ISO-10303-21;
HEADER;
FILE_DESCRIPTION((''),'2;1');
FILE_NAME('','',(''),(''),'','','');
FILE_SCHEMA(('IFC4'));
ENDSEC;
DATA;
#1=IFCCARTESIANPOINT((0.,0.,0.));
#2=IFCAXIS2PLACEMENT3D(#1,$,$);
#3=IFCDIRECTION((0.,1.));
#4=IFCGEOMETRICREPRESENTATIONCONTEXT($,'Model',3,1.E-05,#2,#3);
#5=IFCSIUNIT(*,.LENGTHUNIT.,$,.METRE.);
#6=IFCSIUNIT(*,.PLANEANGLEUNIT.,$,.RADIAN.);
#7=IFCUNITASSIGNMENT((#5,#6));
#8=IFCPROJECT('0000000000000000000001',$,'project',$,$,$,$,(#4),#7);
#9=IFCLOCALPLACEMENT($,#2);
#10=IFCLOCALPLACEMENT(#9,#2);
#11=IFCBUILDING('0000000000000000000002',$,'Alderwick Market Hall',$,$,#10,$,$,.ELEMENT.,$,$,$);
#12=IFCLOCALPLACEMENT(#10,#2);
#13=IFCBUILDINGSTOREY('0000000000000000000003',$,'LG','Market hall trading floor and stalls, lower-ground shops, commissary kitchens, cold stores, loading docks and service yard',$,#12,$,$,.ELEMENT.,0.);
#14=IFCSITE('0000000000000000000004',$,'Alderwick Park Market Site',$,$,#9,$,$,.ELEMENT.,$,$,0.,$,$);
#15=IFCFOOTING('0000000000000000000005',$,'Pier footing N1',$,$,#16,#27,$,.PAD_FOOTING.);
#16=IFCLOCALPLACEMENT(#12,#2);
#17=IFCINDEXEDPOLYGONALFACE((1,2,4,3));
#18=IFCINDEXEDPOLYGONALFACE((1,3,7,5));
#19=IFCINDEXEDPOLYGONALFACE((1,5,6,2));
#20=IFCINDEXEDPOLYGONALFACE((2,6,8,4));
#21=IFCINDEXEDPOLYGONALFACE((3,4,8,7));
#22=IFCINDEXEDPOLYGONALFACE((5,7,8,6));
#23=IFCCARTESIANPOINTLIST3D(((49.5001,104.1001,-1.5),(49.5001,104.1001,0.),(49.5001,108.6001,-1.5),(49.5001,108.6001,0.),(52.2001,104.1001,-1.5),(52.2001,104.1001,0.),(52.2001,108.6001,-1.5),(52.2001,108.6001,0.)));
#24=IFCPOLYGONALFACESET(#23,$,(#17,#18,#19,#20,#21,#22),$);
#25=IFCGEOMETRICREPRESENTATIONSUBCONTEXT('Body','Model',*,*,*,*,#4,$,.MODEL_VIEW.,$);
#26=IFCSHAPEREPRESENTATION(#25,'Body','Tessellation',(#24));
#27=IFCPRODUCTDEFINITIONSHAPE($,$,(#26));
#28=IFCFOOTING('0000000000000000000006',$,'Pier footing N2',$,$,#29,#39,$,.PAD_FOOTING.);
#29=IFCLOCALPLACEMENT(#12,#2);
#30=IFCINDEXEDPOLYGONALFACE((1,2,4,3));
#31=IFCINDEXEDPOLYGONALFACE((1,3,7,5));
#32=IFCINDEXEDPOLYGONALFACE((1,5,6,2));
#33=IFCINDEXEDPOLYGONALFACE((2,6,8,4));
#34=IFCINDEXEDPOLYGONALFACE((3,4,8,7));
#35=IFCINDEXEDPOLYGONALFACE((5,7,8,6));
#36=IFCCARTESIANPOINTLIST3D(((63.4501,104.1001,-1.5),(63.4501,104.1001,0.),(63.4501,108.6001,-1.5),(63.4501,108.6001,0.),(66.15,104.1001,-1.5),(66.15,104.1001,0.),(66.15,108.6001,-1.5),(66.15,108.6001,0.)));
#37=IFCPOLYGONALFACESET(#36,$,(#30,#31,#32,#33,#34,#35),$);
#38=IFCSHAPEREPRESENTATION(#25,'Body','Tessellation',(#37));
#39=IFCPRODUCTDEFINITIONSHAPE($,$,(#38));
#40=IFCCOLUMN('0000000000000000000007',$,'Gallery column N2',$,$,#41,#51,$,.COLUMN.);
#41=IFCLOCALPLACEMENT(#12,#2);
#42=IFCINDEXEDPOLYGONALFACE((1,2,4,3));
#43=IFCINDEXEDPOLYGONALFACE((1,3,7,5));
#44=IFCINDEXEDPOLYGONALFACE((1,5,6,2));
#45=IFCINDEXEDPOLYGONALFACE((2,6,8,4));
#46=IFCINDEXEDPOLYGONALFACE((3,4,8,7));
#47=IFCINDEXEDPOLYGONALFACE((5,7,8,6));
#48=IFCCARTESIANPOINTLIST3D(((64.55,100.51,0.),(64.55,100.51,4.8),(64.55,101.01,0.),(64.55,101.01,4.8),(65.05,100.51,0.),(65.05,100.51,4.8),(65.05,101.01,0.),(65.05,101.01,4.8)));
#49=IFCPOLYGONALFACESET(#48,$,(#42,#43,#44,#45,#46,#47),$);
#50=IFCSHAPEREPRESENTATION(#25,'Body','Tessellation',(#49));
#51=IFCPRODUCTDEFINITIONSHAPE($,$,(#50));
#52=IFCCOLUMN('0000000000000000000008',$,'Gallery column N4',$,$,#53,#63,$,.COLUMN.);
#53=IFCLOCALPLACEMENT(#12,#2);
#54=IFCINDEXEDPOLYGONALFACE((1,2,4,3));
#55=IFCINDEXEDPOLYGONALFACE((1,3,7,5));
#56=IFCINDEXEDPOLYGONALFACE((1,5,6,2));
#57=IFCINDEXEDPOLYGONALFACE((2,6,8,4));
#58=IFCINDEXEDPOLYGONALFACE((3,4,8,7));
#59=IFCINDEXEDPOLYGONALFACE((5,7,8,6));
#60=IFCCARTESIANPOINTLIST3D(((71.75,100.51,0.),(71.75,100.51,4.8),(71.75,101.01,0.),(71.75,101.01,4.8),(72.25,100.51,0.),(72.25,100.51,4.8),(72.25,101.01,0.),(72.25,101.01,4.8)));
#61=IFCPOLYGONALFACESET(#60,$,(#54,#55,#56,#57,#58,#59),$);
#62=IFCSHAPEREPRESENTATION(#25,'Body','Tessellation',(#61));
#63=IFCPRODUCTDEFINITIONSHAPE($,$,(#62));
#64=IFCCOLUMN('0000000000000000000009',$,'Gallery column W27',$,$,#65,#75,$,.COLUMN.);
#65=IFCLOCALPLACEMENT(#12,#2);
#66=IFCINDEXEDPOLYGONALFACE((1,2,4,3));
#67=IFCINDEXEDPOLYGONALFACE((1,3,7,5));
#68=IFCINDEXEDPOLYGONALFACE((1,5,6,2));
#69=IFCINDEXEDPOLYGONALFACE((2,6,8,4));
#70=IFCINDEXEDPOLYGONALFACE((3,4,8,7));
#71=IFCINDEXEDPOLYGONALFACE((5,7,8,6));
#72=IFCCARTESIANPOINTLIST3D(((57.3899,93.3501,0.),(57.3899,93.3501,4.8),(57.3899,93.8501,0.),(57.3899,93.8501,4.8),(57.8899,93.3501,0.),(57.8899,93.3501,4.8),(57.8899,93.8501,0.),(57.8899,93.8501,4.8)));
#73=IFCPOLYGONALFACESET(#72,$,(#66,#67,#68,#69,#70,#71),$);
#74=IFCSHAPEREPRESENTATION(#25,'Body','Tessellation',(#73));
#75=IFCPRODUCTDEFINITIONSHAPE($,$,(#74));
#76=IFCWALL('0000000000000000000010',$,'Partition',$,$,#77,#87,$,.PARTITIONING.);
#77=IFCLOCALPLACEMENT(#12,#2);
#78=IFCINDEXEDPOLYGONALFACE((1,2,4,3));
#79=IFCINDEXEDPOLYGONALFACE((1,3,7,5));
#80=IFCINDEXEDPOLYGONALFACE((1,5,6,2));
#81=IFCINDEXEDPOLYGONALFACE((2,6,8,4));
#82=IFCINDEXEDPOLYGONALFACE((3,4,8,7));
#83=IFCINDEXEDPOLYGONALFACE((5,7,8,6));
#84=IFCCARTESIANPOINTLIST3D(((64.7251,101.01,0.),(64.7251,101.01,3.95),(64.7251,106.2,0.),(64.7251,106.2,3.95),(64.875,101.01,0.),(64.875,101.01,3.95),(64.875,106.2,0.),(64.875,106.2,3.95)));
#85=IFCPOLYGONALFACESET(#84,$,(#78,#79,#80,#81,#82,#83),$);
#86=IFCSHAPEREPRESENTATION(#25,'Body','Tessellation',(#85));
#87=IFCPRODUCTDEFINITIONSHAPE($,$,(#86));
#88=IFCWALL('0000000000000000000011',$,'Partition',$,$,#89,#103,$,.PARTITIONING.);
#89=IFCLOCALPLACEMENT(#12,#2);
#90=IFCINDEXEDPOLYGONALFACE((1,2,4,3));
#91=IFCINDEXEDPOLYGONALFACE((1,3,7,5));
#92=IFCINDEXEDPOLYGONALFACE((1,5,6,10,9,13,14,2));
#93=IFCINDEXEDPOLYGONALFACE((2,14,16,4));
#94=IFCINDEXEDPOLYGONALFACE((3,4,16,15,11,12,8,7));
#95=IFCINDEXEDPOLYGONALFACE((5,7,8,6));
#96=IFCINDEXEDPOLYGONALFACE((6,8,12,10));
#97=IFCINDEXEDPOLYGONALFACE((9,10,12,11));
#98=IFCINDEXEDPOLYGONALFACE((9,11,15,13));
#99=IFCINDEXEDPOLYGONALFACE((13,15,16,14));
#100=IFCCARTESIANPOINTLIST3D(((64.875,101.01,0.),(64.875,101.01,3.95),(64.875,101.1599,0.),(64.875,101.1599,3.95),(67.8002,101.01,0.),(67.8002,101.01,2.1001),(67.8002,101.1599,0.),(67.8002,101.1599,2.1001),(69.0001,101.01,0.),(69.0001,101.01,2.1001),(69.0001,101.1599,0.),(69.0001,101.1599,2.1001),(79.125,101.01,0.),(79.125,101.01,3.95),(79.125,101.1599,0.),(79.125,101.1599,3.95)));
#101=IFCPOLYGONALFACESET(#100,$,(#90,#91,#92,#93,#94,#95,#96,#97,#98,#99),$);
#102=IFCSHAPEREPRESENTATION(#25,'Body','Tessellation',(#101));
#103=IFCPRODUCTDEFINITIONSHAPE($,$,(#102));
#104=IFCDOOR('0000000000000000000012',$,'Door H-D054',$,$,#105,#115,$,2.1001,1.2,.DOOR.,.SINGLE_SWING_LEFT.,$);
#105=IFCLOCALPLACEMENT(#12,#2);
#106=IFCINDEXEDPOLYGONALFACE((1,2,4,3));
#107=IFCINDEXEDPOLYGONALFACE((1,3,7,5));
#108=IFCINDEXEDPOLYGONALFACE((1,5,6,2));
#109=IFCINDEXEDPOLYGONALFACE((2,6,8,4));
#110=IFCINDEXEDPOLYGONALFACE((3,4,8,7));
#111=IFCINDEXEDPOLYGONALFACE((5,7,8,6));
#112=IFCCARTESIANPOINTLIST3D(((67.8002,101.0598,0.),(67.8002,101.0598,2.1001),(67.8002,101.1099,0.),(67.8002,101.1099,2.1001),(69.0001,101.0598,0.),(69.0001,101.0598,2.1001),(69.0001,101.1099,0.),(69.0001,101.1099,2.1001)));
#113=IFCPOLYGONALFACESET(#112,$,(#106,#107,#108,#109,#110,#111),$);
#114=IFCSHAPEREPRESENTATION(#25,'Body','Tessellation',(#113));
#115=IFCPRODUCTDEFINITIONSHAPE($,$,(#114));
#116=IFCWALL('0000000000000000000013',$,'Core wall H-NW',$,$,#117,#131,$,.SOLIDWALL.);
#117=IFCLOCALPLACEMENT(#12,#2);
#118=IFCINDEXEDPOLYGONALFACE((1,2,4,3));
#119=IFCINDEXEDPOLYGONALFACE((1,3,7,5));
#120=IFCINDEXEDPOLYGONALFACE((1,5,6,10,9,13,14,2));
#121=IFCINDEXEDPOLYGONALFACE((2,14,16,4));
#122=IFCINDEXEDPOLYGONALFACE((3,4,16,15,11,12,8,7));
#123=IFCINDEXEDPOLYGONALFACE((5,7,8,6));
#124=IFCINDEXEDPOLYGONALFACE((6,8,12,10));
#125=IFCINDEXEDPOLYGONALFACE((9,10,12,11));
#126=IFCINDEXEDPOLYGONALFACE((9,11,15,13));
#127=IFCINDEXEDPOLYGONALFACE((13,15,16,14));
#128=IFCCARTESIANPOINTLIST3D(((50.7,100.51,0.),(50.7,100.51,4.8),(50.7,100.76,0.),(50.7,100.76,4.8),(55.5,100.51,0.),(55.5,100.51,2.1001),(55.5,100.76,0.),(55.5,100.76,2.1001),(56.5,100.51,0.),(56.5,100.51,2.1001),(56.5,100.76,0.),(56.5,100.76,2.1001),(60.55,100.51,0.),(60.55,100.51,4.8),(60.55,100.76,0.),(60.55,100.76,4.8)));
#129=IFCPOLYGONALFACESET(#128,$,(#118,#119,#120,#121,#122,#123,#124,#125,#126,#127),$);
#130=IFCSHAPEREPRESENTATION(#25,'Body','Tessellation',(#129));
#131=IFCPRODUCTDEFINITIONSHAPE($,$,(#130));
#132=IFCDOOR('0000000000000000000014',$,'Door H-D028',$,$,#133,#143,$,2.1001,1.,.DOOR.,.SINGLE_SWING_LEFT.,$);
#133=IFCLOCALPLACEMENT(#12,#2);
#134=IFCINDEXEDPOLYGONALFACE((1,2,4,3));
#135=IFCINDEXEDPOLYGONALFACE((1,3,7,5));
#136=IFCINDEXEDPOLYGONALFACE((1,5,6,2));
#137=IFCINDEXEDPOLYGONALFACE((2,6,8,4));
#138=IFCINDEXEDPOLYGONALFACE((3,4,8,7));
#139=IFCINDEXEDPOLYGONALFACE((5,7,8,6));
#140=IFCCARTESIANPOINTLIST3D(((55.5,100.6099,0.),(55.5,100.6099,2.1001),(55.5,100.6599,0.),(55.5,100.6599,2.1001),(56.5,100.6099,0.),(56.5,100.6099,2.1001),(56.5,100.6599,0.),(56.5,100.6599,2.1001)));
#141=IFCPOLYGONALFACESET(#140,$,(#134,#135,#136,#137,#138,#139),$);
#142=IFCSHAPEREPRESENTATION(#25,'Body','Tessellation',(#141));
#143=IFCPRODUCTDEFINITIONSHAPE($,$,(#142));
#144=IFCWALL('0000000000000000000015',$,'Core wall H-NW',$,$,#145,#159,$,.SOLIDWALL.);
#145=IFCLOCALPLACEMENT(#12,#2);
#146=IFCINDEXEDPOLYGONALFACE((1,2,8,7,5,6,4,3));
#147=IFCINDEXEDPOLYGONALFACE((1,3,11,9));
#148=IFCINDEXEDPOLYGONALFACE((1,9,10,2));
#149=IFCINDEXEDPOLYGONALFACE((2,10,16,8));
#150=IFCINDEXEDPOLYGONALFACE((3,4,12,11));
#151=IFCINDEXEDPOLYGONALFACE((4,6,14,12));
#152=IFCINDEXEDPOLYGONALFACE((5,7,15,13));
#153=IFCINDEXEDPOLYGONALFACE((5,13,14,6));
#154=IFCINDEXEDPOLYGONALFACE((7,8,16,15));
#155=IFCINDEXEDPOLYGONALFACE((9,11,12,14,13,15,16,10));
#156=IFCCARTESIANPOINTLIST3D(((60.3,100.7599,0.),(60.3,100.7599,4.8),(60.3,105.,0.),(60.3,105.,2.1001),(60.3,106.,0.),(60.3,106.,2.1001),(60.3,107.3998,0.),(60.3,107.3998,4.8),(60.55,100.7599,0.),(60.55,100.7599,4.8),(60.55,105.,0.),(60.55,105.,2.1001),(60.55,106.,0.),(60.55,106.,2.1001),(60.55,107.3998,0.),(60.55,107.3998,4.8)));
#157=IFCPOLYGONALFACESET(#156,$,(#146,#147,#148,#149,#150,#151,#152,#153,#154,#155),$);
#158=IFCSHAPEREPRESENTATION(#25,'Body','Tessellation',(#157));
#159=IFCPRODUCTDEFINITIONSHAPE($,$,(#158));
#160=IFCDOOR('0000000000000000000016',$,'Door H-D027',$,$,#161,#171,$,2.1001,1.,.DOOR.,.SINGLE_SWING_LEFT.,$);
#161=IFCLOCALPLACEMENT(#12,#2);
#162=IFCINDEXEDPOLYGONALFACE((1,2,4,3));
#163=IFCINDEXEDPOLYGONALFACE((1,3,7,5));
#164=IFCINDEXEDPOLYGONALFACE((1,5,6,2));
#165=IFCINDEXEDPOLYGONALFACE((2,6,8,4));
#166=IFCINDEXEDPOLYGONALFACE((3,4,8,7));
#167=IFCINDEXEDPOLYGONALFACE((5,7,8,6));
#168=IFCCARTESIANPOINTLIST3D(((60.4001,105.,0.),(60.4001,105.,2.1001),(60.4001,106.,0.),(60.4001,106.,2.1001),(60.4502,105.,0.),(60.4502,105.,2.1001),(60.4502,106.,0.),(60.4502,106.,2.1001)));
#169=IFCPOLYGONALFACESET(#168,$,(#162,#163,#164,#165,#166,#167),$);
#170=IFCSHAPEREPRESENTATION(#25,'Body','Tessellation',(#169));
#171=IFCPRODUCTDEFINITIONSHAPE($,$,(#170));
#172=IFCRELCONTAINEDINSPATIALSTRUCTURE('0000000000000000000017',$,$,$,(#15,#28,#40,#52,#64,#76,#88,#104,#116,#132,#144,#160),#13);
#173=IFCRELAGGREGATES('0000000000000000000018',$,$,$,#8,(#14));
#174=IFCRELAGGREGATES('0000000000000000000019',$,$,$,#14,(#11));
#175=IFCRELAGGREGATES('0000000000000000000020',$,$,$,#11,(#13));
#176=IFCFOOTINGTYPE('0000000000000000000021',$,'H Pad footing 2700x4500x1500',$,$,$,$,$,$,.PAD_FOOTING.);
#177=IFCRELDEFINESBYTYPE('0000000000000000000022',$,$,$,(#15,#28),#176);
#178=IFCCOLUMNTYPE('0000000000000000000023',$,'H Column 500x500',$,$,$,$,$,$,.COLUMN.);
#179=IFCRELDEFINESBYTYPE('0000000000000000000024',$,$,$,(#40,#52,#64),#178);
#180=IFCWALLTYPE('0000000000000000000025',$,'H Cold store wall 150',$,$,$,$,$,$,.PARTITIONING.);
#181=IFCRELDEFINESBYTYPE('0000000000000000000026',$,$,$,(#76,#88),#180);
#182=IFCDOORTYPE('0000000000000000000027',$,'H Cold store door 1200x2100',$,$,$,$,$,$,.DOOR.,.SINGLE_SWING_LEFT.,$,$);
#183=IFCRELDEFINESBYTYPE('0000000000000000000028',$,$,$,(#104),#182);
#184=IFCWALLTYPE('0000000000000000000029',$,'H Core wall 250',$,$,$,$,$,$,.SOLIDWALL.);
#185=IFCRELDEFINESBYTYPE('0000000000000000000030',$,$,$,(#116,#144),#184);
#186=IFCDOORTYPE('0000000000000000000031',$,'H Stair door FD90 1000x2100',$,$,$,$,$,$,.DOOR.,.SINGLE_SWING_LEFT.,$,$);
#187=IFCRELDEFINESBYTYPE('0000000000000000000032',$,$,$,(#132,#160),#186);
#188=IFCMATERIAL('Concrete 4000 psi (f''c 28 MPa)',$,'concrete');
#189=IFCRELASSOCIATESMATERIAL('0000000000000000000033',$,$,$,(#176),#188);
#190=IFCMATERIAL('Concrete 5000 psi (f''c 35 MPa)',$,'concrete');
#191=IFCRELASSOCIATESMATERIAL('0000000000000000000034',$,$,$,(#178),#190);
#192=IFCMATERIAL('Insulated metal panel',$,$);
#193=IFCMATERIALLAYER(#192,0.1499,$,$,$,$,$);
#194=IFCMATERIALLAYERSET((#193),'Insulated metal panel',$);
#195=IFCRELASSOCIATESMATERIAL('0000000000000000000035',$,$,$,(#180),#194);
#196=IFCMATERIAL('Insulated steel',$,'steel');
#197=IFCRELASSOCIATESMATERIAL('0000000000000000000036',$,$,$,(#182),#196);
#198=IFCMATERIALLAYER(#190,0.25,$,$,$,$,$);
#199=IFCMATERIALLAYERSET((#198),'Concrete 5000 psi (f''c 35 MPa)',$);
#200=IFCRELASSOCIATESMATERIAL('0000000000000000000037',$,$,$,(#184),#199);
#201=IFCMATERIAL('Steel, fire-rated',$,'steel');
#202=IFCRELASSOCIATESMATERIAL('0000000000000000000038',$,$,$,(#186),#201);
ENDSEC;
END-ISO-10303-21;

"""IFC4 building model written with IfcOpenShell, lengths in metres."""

from ifc_helpers import new_model, si_unit, direction, frame, frame_2d, origin, origin_2d, place, context, subcontext, project, spatial, rectangle, extrude, material, layer, layer_set, material_profile, profile_set, type_object, element, fill, save


model = new_model("IFC4")

# Units and contexts
model_context = context("Model", 3, precision=1e-05, world=origin(), true_north=direction((0.0, 1.0)))
body_context = subcontext(model_context, "Body", "Model", "MODEL_VIEW")
ifc_project = project(units=[si_unit("LENGTHUNIT", "METRE"), si_unit("PLANEANGLEUNIT", "RADIAN")], contexts=[model_context])

# Site, building, storey
site_placement = place(None, origin())
site = spatial("IfcSite", under=ifc_project, at=site_placement, Name="Alderwick Park Market Site", CompositionType="ELEMENT", RefElevation=0.0)
building_placement = place(site_placement, origin())
building = spatial("IfcBuilding", under=site, at=building_placement, Name="Alderwick Market Hall", CompositionType="ELEMENT")
storey_placement = place(building_placement, origin())
storey = spatial("IfcBuildingStorey", under=building, at=storey_placement, Name="LG", Description="Market hall trading floor and stalls, lower-ground shops, commissary kitchens, cold stores, loading docks and service yard", CompositionType="ELEMENT", Elevation=0.0)

# Footings
ifc_material_1 = material(Name="Concrete 4000 psi (f'c 28 MPa)", Category="concrete")
footing_type = type_object("IfcFootingType", Name="H Pad footing 2700x4500x1500", PredefinedType="PAD_FOOTING", material=ifc_material_1)
for number, where, z_axis, x_axis, name in (
    (1, (50.8501, 106.3501, -1.5), (0.0, 0.0, 1.0), (1.0, 0.0, 0.0), "Pier footing N1"),
    (2, (64.8, 106.3501, -1.5), (0.0, 0.0, 1.0), (1.0, 0.0, 0.0), "Pier footing N2"),
):
    element("IfcFooting", number, at=place(storey_placement, frame(where, z_axis=z_axis, x_axis=x_axis)), inside=storey, type_object=footing_type, Name=name, PredefinedType="PAD_FOOTING", context=body_context, shape_type="SweptSolid", body=[
        extrude(rectangle(XDim=2.7, YDim=4.5, at=origin_2d()), origin(), (0.0, 0.0, 1.0), 1.5),
    ])

# Columns
ifc_material_2 = material(Name="Concrete 5000 psi (f'c 35 MPa)", Category="concrete")
ifc_material_profile = material_profile(ifc_material_2, rectangle(XDim=0.5, YDim=0.5, at=origin_2d()), Name="RC 500x500")
ifc_profile_set = profile_set([ifc_material_profile], Name="Concrete 5000 psi (f'c 35 MPa)")
column_type = type_object("IfcColumnType", Name="H Column 500x500", PredefinedType="COLUMN", material=ifc_profile_set)
for number, where, z_axis, x_axis, name in (
    (3, (64.8, 100.76, 0.0), (0.0, 0.0, 1.0), (1.0, 0.0, 0.0), "Gallery column N2"),
    (4, (72.0, 100.76, 0.0), (0.0, 0.0, 1.0), (1.0, 0.0, 0.0), "Gallery column N4"),
    (5, (57.6399, 93.6001, 0.0), (0.0, 0.0, 1.0), (1.0, 0.0, 0.0), "Gallery column W27"),
):
    element("IfcColumn", number, at=place(storey_placement, frame(where, z_axis=z_axis, x_axis=x_axis)), inside=storey, type_object=column_type, Name=name, PredefinedType="COLUMN", context=body_context, shape_type="SweptSolid", body=[
        extrude(rectangle(XDim=0.5, YDim=0.5, at=origin_2d()), origin(), (0.0, 0.0, 1.0), 4.8),
    ])

# Wall
ifc_material_3 = material(Name="Insulated metal panel")
ifc_layer_1 = layer(ifc_material_3, 0.1499)
ifc_layer_set_1 = layer_set([ifc_layer_1], Name="Insulated metal panel")
wall_type_1 = type_object("IfcWallType", Name="H Cold store wall 150", PredefinedType="PARTITIONING", material=ifc_layer_set_1)
wall_1_placement = place(storey_placement, frame((64.8, 106.2, 0.0), z_axis=(0.0, 0.0, 1.0), x_axis=(0.0, -1.0, 0.0)))
element("IfcWall", 6, at=wall_1_placement, inside=storey, type_object=wall_type_1, Name="Partition", PredefinedType="PARTITIONING", context=body_context, shape_type="SweptSolid", body=[
    extrude(rectangle(XDim=5.1899, YDim=0.1499, at=frame_2d((2.595, 0.0))), origin(), (0.0, 0.0, 1.0), 3.95),
])

# Walls, openings, doors
wall_2_placement = place(storey_placement, frame((64.875, 101.085, 0.0), z_axis=(0.0, 0.0, 1.0), x_axis=(1.0, 0.0, 0.0)))
wall_2 = element("IfcWall", 7, at=wall_2_placement, inside=storey, type_object=wall_type_1, Name="Partition", PredefinedType="PARTITIONING", context=body_context, shape_type="SweptSolid", body=[
    extrude(rectangle(XDim=14.25, YDim=0.1499, at=frame_2d((7.125, 0.0))), origin(), (0.0, 0.0, 1.0), 3.95),
])
opening_1_placement = place(wall_2_placement, frame((2.925, 0.0, 0.0)))
opening_1 = element("IfcOpeningElement", 8, at=opening_1_placement, cuts=wall_2, PredefinedType="OPENING", context=body_context, shape_type="SweptSolid", body=[
    extrude(rectangle(XDim=1.2, YDim=2.1001, at=frame_2d((0.6001, 1.05))), frame((0.0, 0.085, 0.0), z_axis=(0.0, -1.0, 0.0), x_axis=(1.0, 0.0, 0.0)), (0.0, 0.0, 1.0), 0.1699),
])
ifc_material_4 = material(Name="Insulated steel", Category="steel")
door_type_1 = type_object("IfcDoorType", Name="H Cold store door 1200x2100", OperationType="SINGLE_SWING_LEFT", PredefinedType="DOOR", material=ifc_material_4)
door_1_placement = place(opening_1_placement, origin())
door_1 = element("IfcDoor", 9, at=door_1_placement, inside=storey, type_object=door_type_1, Name="Door H-D054", OperationType="SINGLE_SWING_LEFT", OverallHeight=2.1001, OverallWidth=1.2, PredefinedType="DOOR", context=body_context, shape_type="SweptSolid", body=[
    extrude(rectangle(XDim=1.2, YDim=2.1001, at=frame_2d((0.6001, 1.05))), frame((0.0, 0.0249, 0.0), z_axis=(0.0, -1.0, 0.0), x_axis=(1.0, 0.0, 0.0)), (0.0, 0.0, 1.0), 0.05),
])
fill(opening_1, door_1)
ifc_layer_2 = layer(ifc_material_2, 0.25)
ifc_layer_set_2 = layer_set([ifc_layer_2], Name="Concrete 5000 psi (f'c 35 MPa)")
wall_type_2 = type_object("IfcWallType", Name="H Core wall 250", PredefinedType="SOLIDWALL", material=ifc_layer_set_2)
wall_3_placement = place(storey_placement, frame((50.7, 100.635, 0.0), z_axis=(0.0, 0.0, 1.0), x_axis=(1.0, 0.0, 0.0)))
wall_3 = element("IfcWall", 10, at=wall_3_placement, inside=storey, type_object=wall_type_2, Name="Core wall H-NW", PredefinedType="SOLIDWALL", context=body_context, shape_type="SweptSolid", body=[
    extrude(rectangle(XDim=9.8501, YDim=0.25, at=frame_2d((4.925, 0.0))), origin(), (0.0, 0.0, 1.0), 4.8),
])
opening_2_placement = place(wall_3_placement, frame((4.8, 0.0, 0.0)))
opening_2 = element("IfcOpeningElement", 11, at=opening_2_placement, cuts=wall_3, PredefinedType="OPENING", context=body_context, shape_type="SweptSolid", body=[
    extrude(rectangle(XDim=1.0, YDim=2.1001, at=frame_2d((0.5, 1.05))), frame((0.0, 0.135, 0.0), z_axis=(0.0, -1.0, 0.0), x_axis=(1.0, 0.0, 0.0)), (0.0, 0.0, 1.0), 0.27),
])
ifc_material_5 = material(Name="Steel, fire-rated", Category="steel")
door_type_2 = type_object("IfcDoorType", Name="H Stair door FD90 1000x2100", OperationType="SINGLE_SWING_LEFT", PredefinedType="DOOR", material=ifc_material_5)
door_2_placement = place(opening_2_placement, origin())
door_2 = element("IfcDoor", 12, at=door_2_placement, inside=storey, type_object=door_type_2, Name="Door H-D028", OperationType="SINGLE_SWING_LEFT", OverallHeight=2.1001, OverallWidth=1.0, PredefinedType="DOOR", context=body_context, shape_type="SweptSolid", body=[
    extrude(rectangle(XDim=1.0, YDim=2.1001, at=frame_2d((0.5, 1.05))), frame((0.0, 0.0249, 0.0), z_axis=(0.0, -1.0, 0.0), x_axis=(1.0, 0.0, 0.0)), (0.0, 0.0, 1.0), 0.05),
])
fill(opening_2, door_2)
wall_4_placement = place(storey_placement, frame((60.425, 100.76, 0.0), z_axis=(0.0, 0.0, 1.0), x_axis=(0.0, 1.0, 0.0)))
wall_4 = element("IfcWall", 13, at=wall_4_placement, inside=storey, type_object=wall_type_2, Name="Core wall H-NW", PredefinedType="SOLIDWALL", context=body_context, shape_type="SweptSolid", body=[
    extrude(rectangle(XDim=6.6399, YDim=0.25, at=frame_2d((3.3198, 0.0))), origin(), (0.0, 0.0, 1.0), 4.8),
])
opening_3_placement = place(wall_4_placement, frame((4.24, 0.0, 0.0)))
opening_3 = element("IfcOpeningElement", 14, at=opening_3_placement, cuts=wall_4, PredefinedType="OPENING", context=body_context, shape_type="SweptSolid", body=[
    extrude(rectangle(XDim=1.0, YDim=2.1001, at=frame_2d((0.5, 1.05))), frame((0.0, 0.135, 0.0), z_axis=(0.0, -1.0, 0.0), x_axis=(1.0, 0.0, 0.0)), (0.0, 0.0, 1.0), 0.27),
])
door_3_placement = place(opening_3_placement, origin())
door_3 = element("IfcDoor", 15, at=door_3_placement, inside=storey, type_object=door_type_2, Name="Door H-D027", OperationType="SINGLE_SWING_LEFT", OverallHeight=2.1001, OverallWidth=1.0, PredefinedType="DOOR", context=body_context, shape_type="SweptSolid", body=[
    extrude(rectangle(XDim=1.0, YDim=2.1001, at=frame_2d((0.5, 1.05))), frame((0.0, 0.0249, 0.0), z_axis=(0.0, -1.0, 0.0), x_axis=(1.0, 0.0, 0.0)), (0.0, 0.0, 1.0), 0.05),
])
fill(opening_3, door_3)

save(model, "model.ifc")
